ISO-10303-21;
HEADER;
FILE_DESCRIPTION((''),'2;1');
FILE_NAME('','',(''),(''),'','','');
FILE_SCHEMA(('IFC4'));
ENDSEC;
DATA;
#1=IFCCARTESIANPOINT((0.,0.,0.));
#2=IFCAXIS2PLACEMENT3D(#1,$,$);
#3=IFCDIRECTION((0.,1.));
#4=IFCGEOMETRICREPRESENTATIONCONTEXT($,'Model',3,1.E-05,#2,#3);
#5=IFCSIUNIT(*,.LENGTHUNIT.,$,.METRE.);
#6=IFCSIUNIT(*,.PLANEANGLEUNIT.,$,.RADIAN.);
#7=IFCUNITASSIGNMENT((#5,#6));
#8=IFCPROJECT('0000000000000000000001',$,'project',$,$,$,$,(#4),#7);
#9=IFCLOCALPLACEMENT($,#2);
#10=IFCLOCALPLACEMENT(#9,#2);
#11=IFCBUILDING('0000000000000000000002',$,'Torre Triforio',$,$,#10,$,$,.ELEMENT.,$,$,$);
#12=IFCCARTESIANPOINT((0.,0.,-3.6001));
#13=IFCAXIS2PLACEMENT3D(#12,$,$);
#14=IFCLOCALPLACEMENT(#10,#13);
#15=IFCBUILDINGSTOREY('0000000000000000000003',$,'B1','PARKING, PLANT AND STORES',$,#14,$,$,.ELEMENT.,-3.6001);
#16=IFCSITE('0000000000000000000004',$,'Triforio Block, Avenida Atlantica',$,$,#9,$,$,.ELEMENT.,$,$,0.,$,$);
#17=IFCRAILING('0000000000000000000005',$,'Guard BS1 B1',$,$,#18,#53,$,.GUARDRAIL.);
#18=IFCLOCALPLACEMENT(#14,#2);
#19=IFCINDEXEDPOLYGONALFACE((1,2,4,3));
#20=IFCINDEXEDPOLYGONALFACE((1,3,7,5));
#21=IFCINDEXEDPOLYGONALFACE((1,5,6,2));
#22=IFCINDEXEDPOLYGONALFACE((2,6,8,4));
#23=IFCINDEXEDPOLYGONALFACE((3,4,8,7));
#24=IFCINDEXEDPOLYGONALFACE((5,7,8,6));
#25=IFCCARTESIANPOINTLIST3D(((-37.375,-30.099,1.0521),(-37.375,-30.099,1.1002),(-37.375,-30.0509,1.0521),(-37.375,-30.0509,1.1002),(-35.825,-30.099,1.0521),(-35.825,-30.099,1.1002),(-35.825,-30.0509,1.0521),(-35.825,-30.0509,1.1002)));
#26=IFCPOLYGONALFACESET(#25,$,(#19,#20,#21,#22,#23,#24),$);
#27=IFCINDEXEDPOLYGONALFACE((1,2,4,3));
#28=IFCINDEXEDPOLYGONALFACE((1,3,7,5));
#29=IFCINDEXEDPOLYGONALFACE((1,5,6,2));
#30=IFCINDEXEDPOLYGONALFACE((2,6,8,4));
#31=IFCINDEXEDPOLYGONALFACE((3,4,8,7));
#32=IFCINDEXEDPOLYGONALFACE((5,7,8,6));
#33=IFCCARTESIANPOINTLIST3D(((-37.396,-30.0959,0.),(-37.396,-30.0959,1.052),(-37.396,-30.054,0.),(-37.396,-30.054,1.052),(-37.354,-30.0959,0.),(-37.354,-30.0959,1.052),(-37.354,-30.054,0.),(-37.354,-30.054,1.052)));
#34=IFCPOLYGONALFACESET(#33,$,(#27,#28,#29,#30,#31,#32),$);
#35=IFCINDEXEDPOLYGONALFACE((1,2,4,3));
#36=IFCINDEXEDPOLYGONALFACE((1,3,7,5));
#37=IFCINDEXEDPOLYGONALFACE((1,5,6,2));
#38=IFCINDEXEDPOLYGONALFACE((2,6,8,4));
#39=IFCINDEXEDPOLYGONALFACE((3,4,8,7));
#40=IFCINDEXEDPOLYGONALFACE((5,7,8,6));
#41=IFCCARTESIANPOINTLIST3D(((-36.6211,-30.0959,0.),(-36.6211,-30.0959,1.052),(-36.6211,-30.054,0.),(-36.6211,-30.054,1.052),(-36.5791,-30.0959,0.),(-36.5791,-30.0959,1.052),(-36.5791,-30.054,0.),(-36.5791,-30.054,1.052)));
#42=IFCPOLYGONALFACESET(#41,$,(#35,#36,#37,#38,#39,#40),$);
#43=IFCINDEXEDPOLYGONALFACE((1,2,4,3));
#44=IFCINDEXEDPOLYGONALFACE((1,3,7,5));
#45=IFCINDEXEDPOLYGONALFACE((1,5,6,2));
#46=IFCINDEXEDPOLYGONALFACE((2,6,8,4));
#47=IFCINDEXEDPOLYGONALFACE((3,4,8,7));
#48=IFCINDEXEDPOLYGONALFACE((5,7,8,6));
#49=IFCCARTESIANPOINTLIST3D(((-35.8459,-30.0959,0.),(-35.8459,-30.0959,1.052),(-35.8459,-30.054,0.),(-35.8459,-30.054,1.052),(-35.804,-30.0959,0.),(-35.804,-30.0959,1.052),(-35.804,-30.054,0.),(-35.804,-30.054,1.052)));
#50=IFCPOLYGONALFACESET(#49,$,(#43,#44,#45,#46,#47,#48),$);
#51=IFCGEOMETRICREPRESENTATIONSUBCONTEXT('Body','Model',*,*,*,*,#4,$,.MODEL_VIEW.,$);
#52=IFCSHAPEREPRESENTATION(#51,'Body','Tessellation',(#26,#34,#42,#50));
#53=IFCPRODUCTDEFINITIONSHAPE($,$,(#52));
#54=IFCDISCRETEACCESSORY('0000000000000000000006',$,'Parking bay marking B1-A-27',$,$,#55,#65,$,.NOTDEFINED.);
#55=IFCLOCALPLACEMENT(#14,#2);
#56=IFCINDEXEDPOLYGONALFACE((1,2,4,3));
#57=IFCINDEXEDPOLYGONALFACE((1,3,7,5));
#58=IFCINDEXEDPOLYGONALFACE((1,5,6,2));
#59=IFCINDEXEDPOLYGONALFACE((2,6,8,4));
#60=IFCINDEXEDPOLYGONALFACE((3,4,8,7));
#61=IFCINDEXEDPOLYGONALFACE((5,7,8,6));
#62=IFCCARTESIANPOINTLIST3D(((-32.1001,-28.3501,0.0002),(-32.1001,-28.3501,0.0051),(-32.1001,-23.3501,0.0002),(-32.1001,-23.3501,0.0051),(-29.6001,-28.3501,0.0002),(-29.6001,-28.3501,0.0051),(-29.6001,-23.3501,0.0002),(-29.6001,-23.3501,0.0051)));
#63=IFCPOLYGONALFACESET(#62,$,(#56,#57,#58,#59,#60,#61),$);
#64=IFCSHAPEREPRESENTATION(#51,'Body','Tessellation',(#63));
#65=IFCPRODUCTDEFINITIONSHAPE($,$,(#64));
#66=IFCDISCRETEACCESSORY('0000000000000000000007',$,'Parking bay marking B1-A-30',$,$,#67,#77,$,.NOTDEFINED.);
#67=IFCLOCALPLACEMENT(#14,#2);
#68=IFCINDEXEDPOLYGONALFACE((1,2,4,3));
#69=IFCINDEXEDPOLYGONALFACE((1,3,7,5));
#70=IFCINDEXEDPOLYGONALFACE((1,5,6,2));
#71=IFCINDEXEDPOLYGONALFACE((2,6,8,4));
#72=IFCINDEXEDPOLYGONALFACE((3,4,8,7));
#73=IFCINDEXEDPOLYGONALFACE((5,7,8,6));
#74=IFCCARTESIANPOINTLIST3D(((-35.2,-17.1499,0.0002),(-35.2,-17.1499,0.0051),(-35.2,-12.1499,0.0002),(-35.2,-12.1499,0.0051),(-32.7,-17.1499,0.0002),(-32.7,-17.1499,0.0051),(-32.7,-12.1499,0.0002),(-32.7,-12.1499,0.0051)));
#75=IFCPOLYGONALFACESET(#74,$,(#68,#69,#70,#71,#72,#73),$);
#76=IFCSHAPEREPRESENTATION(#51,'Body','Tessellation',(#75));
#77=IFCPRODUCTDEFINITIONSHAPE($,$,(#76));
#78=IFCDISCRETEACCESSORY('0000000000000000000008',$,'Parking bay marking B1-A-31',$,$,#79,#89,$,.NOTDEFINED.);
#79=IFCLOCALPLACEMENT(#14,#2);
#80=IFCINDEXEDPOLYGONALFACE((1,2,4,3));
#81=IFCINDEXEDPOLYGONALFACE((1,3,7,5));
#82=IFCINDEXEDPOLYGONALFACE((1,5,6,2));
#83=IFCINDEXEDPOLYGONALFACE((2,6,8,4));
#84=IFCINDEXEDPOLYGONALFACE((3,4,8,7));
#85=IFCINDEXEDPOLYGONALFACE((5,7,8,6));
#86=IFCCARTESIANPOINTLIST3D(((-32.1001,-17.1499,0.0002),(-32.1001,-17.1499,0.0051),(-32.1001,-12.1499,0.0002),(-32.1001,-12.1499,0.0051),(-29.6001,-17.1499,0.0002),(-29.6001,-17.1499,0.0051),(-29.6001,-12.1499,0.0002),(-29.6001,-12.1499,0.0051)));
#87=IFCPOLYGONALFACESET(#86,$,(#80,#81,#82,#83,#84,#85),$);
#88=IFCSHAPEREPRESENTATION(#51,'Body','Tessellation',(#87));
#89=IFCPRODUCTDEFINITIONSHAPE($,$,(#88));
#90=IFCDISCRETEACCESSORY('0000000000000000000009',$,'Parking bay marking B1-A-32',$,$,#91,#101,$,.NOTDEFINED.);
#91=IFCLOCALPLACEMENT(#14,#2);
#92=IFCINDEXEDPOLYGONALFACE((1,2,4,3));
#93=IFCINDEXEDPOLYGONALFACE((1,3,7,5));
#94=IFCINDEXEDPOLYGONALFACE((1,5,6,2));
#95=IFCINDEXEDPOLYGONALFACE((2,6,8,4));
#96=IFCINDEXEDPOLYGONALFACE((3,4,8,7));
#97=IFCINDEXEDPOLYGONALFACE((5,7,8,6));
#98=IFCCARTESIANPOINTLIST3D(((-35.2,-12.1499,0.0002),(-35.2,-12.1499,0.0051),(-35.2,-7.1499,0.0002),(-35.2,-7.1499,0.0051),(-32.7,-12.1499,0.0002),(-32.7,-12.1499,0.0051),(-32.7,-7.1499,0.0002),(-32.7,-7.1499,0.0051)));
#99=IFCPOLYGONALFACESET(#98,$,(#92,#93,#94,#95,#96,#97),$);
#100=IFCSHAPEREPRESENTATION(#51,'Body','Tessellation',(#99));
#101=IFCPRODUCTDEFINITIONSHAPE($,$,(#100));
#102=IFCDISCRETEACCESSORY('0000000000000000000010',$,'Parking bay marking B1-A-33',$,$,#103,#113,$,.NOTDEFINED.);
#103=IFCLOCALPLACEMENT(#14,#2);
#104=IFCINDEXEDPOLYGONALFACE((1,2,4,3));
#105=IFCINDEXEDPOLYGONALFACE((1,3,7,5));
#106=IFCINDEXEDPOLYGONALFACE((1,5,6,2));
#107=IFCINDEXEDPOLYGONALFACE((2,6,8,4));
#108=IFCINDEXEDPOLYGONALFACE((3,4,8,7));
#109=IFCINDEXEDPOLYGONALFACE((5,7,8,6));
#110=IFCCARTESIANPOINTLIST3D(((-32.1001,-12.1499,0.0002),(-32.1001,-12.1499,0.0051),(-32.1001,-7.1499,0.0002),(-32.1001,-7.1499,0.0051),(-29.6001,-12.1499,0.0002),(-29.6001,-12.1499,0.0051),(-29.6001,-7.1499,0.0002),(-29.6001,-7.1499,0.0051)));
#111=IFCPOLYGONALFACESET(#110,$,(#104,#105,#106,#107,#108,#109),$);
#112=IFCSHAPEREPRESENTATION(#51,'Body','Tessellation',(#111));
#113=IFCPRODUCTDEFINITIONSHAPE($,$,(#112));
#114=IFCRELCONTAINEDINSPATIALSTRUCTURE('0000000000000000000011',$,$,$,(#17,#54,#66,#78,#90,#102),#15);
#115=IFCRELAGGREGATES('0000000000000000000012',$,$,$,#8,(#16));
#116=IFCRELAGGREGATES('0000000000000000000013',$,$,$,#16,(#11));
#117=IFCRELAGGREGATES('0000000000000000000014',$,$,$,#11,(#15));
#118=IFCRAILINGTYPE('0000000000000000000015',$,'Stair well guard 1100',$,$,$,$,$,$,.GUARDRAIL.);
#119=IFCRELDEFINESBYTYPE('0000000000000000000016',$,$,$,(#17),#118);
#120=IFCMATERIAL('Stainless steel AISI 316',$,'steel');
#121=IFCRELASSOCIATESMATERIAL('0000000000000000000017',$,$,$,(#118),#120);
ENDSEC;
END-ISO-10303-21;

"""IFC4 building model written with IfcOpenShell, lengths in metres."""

from ifc_helpers import new_model, si_unit, direction, frame, origin, origin_2d, place, context, subcontext, project, spatial, rectangle, extrude, material, type_object, element, save


model = new_model("IFC4")

# Units and contexts
model_context = context("Model", 3, precision=1e-05, world=origin(), true_north=direction((0.0, 1.0)))
body_context = subcontext(model_context, "Body", "Model", "MODEL_VIEW")
ifc_project = project(units=[si_unit("LENGTHUNIT", "METRE"), si_unit("PLANEANGLEUNIT", "RADIAN")], contexts=[model_context])

# Site, building, storey
site_placement = place(None, origin())
site = spatial("IfcSite", under=ifc_project, at=site_placement, Name="Triforio Block, Avenida Atlantica", CompositionType="ELEMENT", RefElevation=0.0)
building_placement = place(site_placement, origin())
building = spatial("IfcBuilding", under=site, at=building_placement, Name="Torre Triforio", CompositionType="ELEMENT")
storey_placement = place(building_placement, frame((0.0, 0.0, -3.6001)))
storey = spatial("IfcBuildingStorey", under=building, at=storey_placement, Name="B1", Description="PARKING, PLANT AND STORES", CompositionType="ELEMENT", Elevation=-3.6001)

# Shared definitions
ifc_material_1 = material(Name="Stainless steel AISI 316", Category="steel")

# Railing
railing_type_1 = type_object("IfcRailingType", Name="Stair well guard 1100", PredefinedType="GUARDRAIL", material=ifc_material_1)
railing_1_placement = place(storey_placement, frame((-37.375, -30.075, 0.0)))
element("IfcRailing", 1, at=railing_1_placement, inside=storey, type_object=railing_type_1, Name="Guard BS1 B1", PredefinedType="GUARDRAIL", context=body_context, shape_type="SweptSolid", body=[
    extrude(rectangle(XDim=0.0481, YDim=0.0481, at=origin_2d()), frame((0.0, 0.0, 1.0762), z_axis=(1.0, 0.0, 0.0), x_axis=(0.0, 1.0, 0.0)), (0.0, 0.0, 1.0), 1.55),
    extrude(rectangle(XDim=0.042, YDim=0.042, at=origin_2d()), origin(), (0.0, 0.0, 1.0), 1.052),
    extrude(rectangle(XDim=0.042, YDim=0.042, at=origin_2d()), frame((0.7749, 0.0, 0.0)), (0.0, 0.0, 1.0), 1.052),
    extrude(rectangle(XDim=0.042, YDim=0.042, at=origin_2d()), frame((1.55, 0.0, 0.0)), (0.0, 0.0, 1.0), 1.052),
])

# Discrete accessories
for number, where, z_axis, x_axis, name in (
    (2, (-30.8501, -25.8501, 0.0002), (0.0, 0.0, 1.0), (1.0, 0.0, 0.0), "Parking bay marking B1-A-27"),
    (3, (-33.95, -14.6499, 0.0002), (0.0, 0.0, 1.0), (1.0, 0.0, 0.0), "Parking bay marking B1-A-30"),
    (4, (-30.8501, -14.6499, 0.0002), (0.0, 0.0, 1.0), (1.0, 0.0, 0.0), "Parking bay marking B1-A-31"),
    (5, (-33.95, -9.6499, 0.0002), (0.0, 0.0, 1.0), (1.0, 0.0, 0.0), "Parking bay marking B1-A-32"),
    (6, (-30.8501, -9.6499, 0.0002), (0.0, 0.0, 1.0), (1.0, 0.0, 0.0), "Parking bay marking B1-A-33"),
):
    element("IfcDiscreteAccessory", number, at=place(storey_placement, frame(where, z_axis=z_axis, x_axis=x_axis)), inside=storey, Name=name, PredefinedType="NOTDEFINED", context=body_context, shape_type="SweptSolid", body=[
        extrude(rectangle(XDim=2.5, YDim=5.0, at=origin_2d()), origin(), (0.0, 0.0, 1.0), 0.0049),
    ])

save(model, "model.ifc")
